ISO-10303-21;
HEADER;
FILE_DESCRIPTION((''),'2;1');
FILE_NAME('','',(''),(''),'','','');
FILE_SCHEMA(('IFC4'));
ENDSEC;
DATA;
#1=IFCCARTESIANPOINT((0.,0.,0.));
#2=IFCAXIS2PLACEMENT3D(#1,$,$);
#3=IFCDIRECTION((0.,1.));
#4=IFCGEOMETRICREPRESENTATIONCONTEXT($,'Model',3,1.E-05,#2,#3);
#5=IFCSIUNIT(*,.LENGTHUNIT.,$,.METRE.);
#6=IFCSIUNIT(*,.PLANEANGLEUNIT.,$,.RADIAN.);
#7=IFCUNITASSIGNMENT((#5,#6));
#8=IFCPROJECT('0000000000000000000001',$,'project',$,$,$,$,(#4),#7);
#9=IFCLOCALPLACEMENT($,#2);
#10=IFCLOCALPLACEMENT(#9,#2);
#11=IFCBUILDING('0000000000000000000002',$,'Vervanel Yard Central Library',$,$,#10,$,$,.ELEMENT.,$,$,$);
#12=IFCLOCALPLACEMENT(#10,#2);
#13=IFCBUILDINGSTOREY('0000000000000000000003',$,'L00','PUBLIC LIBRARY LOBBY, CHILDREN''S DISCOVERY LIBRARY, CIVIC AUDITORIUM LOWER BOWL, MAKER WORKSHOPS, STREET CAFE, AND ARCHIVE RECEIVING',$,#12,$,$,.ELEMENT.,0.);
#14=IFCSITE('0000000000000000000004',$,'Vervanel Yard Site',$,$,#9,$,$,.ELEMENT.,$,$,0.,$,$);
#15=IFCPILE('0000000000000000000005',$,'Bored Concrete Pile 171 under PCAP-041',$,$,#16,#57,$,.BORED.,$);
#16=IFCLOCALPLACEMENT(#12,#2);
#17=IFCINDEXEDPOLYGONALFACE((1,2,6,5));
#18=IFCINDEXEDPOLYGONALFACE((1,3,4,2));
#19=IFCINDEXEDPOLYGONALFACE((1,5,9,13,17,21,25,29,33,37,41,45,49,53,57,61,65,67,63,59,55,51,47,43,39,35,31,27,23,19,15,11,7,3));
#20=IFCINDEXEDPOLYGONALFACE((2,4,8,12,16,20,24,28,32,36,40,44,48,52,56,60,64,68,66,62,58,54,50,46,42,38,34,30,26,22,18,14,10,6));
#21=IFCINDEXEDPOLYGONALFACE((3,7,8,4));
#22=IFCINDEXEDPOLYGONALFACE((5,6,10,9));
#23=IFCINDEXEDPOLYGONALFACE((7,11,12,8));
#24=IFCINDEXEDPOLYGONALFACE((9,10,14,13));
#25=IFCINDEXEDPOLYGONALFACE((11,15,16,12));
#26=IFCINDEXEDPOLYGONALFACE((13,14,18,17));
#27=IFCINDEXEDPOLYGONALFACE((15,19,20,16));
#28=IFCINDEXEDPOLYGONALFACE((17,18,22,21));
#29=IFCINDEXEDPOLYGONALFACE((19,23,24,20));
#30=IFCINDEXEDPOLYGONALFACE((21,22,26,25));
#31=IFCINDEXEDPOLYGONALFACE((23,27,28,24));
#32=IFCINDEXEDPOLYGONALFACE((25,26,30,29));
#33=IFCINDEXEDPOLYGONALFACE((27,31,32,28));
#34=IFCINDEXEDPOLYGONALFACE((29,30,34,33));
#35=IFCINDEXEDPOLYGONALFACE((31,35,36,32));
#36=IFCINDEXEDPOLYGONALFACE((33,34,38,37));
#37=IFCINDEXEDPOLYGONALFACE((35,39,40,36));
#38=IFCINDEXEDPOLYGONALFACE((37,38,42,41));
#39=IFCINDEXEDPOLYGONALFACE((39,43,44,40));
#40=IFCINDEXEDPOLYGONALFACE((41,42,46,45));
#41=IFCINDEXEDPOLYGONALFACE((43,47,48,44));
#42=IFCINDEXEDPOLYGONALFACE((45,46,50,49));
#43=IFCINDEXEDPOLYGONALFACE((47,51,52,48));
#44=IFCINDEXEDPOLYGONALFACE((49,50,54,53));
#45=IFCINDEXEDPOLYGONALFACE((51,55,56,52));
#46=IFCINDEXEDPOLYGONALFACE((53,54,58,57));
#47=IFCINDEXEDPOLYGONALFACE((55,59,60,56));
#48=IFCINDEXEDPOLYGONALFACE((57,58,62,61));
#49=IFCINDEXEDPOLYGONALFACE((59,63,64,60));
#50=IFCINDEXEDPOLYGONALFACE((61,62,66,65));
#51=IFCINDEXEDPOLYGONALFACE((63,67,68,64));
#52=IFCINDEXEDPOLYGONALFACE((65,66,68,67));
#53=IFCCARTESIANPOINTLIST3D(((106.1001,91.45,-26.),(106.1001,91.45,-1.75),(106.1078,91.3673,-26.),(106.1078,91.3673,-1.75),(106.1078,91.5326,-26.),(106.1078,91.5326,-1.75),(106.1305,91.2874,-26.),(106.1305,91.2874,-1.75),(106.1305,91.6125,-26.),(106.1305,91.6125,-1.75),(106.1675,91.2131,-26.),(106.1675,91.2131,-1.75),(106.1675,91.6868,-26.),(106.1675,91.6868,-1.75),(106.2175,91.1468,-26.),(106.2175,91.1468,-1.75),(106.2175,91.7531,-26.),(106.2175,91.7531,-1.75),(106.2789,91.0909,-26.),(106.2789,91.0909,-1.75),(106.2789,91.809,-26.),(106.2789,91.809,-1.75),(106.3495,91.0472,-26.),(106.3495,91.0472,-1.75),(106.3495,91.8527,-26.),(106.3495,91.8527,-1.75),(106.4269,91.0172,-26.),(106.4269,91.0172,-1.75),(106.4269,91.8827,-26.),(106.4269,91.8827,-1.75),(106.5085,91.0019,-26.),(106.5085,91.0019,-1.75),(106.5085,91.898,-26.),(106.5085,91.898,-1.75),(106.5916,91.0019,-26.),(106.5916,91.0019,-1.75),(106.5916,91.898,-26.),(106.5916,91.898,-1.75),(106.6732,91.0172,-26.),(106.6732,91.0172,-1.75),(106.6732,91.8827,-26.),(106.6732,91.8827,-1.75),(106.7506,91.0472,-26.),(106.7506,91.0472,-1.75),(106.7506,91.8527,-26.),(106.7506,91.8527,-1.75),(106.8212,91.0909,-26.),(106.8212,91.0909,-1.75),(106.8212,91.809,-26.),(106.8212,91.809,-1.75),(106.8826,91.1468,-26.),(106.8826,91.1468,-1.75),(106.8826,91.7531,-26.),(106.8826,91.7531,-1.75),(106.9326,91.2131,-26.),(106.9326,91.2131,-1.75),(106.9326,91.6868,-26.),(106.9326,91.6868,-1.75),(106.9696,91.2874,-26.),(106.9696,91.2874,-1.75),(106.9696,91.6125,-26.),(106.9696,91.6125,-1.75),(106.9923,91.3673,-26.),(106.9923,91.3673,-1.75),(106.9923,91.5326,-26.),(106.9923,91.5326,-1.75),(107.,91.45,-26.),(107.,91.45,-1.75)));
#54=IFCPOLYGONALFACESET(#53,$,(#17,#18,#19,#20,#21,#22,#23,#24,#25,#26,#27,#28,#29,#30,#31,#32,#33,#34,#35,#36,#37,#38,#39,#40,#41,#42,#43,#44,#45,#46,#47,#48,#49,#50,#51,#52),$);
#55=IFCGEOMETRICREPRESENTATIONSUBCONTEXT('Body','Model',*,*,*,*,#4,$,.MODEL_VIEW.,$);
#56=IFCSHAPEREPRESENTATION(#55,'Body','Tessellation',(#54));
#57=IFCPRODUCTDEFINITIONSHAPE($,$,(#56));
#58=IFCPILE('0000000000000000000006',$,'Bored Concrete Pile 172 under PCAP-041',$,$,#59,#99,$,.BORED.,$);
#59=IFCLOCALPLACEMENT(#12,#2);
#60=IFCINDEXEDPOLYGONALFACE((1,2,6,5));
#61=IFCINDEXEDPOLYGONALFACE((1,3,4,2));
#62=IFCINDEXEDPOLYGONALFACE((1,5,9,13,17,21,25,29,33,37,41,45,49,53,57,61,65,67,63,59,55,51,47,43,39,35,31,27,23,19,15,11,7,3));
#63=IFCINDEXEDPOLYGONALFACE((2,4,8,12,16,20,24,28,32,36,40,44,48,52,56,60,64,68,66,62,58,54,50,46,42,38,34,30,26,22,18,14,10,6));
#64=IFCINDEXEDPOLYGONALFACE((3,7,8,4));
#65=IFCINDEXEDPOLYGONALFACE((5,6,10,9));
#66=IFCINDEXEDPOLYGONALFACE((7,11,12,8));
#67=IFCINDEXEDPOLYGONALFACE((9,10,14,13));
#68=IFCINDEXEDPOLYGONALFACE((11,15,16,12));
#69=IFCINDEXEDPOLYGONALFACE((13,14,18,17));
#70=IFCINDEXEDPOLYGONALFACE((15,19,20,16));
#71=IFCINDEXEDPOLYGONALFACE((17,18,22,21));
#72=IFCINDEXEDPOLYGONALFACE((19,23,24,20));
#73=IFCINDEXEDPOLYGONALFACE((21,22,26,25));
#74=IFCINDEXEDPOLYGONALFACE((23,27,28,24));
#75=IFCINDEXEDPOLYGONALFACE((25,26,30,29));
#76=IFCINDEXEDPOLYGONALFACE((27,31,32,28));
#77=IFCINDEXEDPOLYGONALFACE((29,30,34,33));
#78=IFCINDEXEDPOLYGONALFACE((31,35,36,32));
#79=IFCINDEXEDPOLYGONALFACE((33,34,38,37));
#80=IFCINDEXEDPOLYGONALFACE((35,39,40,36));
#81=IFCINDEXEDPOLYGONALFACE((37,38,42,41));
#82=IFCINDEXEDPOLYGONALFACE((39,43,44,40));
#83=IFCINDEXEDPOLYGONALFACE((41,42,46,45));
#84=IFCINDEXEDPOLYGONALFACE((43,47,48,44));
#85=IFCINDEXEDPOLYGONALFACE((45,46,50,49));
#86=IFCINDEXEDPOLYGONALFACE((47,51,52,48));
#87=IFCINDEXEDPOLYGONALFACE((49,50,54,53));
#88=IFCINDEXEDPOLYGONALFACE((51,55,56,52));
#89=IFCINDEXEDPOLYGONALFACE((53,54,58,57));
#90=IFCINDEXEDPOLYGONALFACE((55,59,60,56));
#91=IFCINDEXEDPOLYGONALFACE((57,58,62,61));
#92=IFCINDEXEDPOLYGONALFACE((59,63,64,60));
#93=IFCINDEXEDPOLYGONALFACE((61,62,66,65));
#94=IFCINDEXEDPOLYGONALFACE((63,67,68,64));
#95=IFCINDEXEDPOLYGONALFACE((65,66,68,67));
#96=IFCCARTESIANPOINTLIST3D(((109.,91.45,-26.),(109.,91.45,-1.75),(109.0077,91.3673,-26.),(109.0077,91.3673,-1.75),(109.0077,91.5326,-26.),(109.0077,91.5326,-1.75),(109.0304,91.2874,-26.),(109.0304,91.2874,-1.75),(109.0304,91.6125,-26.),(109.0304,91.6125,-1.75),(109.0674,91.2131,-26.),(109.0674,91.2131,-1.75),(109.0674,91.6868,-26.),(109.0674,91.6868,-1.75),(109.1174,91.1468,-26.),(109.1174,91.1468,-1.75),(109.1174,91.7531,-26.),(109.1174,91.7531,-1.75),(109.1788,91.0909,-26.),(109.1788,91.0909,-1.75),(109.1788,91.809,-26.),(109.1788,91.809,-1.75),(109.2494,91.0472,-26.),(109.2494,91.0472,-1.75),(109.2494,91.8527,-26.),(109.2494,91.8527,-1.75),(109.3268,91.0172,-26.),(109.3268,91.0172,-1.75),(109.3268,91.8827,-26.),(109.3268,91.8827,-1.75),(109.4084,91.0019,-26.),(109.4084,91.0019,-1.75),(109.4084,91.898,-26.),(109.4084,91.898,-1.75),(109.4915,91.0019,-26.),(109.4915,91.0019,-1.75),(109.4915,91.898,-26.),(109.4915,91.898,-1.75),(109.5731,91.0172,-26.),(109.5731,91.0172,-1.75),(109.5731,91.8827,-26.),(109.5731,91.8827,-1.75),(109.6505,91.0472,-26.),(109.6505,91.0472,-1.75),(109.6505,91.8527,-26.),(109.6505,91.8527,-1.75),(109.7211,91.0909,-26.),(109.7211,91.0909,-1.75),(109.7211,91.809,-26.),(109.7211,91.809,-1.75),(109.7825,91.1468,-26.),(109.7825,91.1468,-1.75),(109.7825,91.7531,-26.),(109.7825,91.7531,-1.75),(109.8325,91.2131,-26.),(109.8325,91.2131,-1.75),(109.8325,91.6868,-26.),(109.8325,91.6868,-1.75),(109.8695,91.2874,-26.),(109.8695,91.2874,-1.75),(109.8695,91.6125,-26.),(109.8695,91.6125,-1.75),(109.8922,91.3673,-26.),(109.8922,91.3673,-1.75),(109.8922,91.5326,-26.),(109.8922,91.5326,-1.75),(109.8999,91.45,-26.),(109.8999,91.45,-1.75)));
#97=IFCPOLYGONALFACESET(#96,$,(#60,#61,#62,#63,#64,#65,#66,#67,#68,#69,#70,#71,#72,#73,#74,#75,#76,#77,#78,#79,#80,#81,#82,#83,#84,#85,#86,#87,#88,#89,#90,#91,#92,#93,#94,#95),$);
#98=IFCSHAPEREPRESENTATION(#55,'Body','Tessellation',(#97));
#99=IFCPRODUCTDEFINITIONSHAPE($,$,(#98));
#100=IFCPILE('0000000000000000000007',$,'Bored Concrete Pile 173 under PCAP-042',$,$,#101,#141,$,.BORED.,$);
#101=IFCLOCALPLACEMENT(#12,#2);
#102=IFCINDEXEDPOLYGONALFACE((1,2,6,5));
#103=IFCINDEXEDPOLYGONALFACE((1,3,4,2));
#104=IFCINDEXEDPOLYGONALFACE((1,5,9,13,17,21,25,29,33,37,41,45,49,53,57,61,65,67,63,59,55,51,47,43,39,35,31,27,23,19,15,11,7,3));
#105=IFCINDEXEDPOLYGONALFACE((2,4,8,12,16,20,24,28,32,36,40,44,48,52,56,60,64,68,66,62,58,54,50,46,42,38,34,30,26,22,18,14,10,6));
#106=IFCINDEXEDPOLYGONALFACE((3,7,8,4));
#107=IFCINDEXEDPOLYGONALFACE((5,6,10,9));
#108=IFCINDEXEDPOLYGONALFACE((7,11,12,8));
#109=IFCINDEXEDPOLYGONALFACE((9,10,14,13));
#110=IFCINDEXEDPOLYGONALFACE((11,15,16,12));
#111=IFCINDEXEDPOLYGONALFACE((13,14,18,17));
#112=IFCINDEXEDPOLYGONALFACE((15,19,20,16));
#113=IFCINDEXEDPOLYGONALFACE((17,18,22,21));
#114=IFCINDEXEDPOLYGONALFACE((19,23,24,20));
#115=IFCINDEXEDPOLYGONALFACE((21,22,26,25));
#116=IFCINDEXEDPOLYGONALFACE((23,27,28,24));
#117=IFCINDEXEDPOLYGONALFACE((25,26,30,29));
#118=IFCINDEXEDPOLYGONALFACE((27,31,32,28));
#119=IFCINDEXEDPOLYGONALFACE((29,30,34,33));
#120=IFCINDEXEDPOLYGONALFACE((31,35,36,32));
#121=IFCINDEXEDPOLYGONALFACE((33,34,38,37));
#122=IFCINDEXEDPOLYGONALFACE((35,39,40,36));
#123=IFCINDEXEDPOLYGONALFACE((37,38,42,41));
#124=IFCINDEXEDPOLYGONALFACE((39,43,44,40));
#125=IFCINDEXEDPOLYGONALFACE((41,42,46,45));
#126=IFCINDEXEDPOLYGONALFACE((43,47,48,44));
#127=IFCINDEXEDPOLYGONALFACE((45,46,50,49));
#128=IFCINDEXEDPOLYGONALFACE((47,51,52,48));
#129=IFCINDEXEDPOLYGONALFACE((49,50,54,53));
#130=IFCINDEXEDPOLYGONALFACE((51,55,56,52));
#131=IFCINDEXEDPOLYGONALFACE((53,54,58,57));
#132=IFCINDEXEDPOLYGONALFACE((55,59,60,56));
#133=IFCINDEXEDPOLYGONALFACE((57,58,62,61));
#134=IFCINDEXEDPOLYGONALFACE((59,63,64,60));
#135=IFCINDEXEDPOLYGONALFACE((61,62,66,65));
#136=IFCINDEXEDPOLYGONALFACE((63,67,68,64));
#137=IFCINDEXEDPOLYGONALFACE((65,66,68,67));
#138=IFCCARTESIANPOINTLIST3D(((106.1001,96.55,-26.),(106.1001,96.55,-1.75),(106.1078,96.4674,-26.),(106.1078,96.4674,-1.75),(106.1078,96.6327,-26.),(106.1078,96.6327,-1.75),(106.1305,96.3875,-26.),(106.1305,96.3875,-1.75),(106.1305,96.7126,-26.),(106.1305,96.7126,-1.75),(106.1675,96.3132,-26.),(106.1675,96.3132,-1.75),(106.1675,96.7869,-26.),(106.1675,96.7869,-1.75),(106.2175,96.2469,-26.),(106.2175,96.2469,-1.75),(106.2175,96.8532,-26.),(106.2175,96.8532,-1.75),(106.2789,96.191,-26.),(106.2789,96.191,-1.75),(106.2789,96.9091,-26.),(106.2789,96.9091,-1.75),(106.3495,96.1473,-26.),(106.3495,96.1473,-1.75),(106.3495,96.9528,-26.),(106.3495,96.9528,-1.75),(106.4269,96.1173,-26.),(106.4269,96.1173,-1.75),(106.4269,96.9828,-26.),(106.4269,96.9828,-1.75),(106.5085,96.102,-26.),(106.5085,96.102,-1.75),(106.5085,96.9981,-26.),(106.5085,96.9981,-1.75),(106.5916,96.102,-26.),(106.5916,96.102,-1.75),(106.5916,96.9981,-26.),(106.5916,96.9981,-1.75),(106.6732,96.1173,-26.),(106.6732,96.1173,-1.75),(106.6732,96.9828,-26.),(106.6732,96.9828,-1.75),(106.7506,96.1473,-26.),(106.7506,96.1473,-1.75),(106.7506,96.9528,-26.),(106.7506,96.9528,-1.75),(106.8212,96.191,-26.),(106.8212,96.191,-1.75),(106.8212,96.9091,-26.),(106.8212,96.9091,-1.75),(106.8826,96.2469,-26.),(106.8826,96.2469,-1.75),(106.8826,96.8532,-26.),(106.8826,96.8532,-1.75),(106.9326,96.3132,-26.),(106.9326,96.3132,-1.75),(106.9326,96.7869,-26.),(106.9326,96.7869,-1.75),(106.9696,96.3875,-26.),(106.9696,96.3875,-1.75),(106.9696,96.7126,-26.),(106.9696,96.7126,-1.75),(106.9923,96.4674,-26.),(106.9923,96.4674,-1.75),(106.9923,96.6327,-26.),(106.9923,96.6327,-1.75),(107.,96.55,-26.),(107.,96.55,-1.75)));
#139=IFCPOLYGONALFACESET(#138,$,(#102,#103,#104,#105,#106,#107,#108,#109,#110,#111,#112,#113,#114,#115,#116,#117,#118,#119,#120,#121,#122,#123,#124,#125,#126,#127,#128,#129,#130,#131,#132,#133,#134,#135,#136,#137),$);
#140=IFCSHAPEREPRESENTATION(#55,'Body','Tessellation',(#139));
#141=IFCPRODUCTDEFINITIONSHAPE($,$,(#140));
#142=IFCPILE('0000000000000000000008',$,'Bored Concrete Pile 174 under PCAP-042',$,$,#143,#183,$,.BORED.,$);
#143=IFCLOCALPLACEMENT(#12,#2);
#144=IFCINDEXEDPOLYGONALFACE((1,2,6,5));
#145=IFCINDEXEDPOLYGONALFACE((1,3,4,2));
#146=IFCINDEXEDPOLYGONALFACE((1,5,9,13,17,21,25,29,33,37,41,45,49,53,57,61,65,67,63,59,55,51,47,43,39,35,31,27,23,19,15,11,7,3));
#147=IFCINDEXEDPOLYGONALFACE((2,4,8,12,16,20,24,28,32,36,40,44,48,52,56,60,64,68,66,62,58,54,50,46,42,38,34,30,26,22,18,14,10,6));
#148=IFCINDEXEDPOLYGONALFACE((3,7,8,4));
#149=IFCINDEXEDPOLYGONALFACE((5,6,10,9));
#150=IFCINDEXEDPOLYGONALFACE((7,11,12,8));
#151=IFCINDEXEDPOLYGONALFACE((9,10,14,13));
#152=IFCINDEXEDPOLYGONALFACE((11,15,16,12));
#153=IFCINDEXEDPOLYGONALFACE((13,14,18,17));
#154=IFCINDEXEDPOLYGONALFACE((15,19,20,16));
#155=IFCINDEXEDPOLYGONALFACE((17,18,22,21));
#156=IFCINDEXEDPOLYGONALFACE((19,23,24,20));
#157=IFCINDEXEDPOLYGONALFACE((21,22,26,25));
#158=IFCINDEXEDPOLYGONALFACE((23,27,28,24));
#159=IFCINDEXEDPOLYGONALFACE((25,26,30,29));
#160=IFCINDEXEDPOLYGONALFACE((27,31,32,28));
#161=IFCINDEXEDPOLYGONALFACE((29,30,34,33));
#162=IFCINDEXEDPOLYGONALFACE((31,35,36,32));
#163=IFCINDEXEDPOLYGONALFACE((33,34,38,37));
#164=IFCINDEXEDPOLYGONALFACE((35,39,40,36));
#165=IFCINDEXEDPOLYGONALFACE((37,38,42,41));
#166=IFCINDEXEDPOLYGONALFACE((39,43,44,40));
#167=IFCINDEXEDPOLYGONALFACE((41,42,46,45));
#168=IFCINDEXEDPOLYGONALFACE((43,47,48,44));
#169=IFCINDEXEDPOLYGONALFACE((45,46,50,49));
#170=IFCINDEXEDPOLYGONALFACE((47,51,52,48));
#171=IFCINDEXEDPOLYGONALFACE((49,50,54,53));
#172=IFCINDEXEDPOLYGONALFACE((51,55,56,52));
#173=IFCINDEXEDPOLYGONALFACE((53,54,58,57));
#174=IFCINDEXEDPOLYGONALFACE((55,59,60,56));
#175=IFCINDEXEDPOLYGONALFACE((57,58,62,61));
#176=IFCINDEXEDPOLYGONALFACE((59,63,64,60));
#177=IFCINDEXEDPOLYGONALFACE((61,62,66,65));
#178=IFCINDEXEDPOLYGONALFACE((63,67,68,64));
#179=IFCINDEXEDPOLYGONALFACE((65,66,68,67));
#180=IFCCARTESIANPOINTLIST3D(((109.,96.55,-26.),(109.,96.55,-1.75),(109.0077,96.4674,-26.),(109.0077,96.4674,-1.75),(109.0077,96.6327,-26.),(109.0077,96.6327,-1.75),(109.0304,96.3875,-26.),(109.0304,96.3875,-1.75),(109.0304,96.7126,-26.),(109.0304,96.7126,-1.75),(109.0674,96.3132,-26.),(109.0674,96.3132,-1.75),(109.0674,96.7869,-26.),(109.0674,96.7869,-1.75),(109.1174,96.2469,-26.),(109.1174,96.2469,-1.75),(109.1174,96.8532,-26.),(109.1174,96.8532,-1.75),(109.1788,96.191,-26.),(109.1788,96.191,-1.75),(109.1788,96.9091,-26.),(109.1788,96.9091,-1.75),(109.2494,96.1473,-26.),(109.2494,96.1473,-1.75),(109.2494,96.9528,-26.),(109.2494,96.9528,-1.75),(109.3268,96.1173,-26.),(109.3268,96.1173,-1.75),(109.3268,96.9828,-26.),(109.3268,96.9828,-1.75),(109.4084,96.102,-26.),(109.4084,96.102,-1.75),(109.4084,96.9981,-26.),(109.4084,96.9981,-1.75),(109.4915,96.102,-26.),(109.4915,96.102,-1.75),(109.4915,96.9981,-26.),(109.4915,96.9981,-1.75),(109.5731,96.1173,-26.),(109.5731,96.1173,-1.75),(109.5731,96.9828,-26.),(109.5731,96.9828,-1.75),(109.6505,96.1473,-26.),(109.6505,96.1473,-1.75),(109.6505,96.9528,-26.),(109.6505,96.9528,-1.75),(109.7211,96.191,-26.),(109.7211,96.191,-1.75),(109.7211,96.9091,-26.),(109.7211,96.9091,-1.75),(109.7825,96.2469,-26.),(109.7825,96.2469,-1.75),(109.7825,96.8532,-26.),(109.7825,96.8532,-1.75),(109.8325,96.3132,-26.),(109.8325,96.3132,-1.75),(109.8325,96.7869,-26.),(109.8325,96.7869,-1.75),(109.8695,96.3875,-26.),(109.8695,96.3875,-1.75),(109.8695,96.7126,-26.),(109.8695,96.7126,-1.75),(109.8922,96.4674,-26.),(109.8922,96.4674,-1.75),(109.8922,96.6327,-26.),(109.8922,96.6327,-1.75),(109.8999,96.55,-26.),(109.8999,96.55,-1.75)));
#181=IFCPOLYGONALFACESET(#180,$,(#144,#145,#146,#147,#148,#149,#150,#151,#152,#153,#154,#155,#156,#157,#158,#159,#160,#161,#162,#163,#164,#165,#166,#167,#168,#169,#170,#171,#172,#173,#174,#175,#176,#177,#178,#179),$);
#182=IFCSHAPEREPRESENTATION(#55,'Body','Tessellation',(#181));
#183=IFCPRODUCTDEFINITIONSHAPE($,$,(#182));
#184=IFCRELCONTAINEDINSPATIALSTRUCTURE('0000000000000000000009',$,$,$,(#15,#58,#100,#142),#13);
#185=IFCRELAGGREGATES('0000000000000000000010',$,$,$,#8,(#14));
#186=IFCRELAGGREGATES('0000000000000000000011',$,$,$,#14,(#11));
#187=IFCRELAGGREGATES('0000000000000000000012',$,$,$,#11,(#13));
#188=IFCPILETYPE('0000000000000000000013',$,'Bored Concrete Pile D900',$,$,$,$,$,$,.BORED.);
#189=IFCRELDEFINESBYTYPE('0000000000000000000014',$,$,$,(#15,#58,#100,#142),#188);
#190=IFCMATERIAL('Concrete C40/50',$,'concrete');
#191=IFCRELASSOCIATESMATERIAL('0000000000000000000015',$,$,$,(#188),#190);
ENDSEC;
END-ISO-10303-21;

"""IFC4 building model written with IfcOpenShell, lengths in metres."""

from ifc_helpers import new_model, si_unit, direction, frame, origin, origin_2d, place, context, subcontext, project, spatial, circle, extrude, material, material_profile, profile_set, type_object, element, save


model = new_model("IFC4")

# Units and contexts
model_context = context("Model", 3, precision=1e-05, world=origin(), true_north=direction((0.0, 1.0)))
body_context = subcontext(model_context, "Body", "Model", "MODEL_VIEW")
ifc_project = project(units=[si_unit("LENGTHUNIT", "METRE"), si_unit("PLANEANGLEUNIT", "RADIAN")], contexts=[model_context])

# Site, building, storey
site_placement = place(None, origin())
site = spatial("IfcSite", under=ifc_project, at=site_placement, Name="Vervanel Yard Site", CompositionType="ELEMENT", RefElevation=0.0)
building_placement = place(site_placement, origin())
building = spatial("IfcBuilding", under=site, at=building_placement, Name="Vervanel Yard Central Library", CompositionType="ELEMENT")
storey_placement = place(building_placement, origin())
storey = spatial("IfcBuildingStorey", under=building, at=storey_placement, Name="L00", Description="PUBLIC LIBRARY LOBBY, CHILDREN'S DISCOVERY LIBRARY, CIVIC AUDITORIUM LOWER BOWL, MAKER WORKSHOPS, STREET CAFE, AND ARCHIVE RECEIVING", CompositionType="ELEMENT", Elevation=0.0)

# Piles
ifc_material_1 = material(Name="Concrete C40/50", Category="concrete")
ifc_material_profile_1 = material_profile(ifc_material_1, circle(Radius=0.45, at=origin_2d()), Name="BP D900", Category="concrete")
ifc_profile_set_1 = profile_set([ifc_material_profile_1], Name="Concrete C40/50")
pile_type = type_object("IfcPileType", Name="Bored Concrete Pile D900", PredefinedType="BORED", material=ifc_profile_set_1)
for number, where, z_axis, x_axis, name in (
    (1, (106.55, 91.45, -1.75), (0.0, 0.0, -1.0), (1.0, 0.0, 0.0), "Bored Concrete Pile 171 under PCAP-041"),
    (2, (109.45, 91.45, -1.75), (0.0, 0.0, -1.0), (1.0, 0.0, 0.0), "Bored Concrete Pile 172 under PCAP-041"),
    (3, (106.55, 96.55, -1.75), (0.0, 0.0, -1.0), (1.0, 0.0, 0.0), "Bored Concrete Pile 173 under PCAP-042"),
    (4, (109.45, 96.55, -1.75), (0.0, 0.0, -1.0), (1.0, 0.0, 0.0), "Bored Concrete Pile 174 under PCAP-042"),
):
    element("IfcPile", number, at=place(storey_placement, frame(where, z_axis=z_axis, x_axis=x_axis)), inside=storey, type_object=pile_type, Name=name, PredefinedType="BORED", context=body_context, shape_type="SweptSolid", body=[
        extrude(circle(Radius=0.45, at=origin_2d()), origin(), (0.0, 0.0, 1.0), 24.25),
    ])

save(model, "model.ifc")
